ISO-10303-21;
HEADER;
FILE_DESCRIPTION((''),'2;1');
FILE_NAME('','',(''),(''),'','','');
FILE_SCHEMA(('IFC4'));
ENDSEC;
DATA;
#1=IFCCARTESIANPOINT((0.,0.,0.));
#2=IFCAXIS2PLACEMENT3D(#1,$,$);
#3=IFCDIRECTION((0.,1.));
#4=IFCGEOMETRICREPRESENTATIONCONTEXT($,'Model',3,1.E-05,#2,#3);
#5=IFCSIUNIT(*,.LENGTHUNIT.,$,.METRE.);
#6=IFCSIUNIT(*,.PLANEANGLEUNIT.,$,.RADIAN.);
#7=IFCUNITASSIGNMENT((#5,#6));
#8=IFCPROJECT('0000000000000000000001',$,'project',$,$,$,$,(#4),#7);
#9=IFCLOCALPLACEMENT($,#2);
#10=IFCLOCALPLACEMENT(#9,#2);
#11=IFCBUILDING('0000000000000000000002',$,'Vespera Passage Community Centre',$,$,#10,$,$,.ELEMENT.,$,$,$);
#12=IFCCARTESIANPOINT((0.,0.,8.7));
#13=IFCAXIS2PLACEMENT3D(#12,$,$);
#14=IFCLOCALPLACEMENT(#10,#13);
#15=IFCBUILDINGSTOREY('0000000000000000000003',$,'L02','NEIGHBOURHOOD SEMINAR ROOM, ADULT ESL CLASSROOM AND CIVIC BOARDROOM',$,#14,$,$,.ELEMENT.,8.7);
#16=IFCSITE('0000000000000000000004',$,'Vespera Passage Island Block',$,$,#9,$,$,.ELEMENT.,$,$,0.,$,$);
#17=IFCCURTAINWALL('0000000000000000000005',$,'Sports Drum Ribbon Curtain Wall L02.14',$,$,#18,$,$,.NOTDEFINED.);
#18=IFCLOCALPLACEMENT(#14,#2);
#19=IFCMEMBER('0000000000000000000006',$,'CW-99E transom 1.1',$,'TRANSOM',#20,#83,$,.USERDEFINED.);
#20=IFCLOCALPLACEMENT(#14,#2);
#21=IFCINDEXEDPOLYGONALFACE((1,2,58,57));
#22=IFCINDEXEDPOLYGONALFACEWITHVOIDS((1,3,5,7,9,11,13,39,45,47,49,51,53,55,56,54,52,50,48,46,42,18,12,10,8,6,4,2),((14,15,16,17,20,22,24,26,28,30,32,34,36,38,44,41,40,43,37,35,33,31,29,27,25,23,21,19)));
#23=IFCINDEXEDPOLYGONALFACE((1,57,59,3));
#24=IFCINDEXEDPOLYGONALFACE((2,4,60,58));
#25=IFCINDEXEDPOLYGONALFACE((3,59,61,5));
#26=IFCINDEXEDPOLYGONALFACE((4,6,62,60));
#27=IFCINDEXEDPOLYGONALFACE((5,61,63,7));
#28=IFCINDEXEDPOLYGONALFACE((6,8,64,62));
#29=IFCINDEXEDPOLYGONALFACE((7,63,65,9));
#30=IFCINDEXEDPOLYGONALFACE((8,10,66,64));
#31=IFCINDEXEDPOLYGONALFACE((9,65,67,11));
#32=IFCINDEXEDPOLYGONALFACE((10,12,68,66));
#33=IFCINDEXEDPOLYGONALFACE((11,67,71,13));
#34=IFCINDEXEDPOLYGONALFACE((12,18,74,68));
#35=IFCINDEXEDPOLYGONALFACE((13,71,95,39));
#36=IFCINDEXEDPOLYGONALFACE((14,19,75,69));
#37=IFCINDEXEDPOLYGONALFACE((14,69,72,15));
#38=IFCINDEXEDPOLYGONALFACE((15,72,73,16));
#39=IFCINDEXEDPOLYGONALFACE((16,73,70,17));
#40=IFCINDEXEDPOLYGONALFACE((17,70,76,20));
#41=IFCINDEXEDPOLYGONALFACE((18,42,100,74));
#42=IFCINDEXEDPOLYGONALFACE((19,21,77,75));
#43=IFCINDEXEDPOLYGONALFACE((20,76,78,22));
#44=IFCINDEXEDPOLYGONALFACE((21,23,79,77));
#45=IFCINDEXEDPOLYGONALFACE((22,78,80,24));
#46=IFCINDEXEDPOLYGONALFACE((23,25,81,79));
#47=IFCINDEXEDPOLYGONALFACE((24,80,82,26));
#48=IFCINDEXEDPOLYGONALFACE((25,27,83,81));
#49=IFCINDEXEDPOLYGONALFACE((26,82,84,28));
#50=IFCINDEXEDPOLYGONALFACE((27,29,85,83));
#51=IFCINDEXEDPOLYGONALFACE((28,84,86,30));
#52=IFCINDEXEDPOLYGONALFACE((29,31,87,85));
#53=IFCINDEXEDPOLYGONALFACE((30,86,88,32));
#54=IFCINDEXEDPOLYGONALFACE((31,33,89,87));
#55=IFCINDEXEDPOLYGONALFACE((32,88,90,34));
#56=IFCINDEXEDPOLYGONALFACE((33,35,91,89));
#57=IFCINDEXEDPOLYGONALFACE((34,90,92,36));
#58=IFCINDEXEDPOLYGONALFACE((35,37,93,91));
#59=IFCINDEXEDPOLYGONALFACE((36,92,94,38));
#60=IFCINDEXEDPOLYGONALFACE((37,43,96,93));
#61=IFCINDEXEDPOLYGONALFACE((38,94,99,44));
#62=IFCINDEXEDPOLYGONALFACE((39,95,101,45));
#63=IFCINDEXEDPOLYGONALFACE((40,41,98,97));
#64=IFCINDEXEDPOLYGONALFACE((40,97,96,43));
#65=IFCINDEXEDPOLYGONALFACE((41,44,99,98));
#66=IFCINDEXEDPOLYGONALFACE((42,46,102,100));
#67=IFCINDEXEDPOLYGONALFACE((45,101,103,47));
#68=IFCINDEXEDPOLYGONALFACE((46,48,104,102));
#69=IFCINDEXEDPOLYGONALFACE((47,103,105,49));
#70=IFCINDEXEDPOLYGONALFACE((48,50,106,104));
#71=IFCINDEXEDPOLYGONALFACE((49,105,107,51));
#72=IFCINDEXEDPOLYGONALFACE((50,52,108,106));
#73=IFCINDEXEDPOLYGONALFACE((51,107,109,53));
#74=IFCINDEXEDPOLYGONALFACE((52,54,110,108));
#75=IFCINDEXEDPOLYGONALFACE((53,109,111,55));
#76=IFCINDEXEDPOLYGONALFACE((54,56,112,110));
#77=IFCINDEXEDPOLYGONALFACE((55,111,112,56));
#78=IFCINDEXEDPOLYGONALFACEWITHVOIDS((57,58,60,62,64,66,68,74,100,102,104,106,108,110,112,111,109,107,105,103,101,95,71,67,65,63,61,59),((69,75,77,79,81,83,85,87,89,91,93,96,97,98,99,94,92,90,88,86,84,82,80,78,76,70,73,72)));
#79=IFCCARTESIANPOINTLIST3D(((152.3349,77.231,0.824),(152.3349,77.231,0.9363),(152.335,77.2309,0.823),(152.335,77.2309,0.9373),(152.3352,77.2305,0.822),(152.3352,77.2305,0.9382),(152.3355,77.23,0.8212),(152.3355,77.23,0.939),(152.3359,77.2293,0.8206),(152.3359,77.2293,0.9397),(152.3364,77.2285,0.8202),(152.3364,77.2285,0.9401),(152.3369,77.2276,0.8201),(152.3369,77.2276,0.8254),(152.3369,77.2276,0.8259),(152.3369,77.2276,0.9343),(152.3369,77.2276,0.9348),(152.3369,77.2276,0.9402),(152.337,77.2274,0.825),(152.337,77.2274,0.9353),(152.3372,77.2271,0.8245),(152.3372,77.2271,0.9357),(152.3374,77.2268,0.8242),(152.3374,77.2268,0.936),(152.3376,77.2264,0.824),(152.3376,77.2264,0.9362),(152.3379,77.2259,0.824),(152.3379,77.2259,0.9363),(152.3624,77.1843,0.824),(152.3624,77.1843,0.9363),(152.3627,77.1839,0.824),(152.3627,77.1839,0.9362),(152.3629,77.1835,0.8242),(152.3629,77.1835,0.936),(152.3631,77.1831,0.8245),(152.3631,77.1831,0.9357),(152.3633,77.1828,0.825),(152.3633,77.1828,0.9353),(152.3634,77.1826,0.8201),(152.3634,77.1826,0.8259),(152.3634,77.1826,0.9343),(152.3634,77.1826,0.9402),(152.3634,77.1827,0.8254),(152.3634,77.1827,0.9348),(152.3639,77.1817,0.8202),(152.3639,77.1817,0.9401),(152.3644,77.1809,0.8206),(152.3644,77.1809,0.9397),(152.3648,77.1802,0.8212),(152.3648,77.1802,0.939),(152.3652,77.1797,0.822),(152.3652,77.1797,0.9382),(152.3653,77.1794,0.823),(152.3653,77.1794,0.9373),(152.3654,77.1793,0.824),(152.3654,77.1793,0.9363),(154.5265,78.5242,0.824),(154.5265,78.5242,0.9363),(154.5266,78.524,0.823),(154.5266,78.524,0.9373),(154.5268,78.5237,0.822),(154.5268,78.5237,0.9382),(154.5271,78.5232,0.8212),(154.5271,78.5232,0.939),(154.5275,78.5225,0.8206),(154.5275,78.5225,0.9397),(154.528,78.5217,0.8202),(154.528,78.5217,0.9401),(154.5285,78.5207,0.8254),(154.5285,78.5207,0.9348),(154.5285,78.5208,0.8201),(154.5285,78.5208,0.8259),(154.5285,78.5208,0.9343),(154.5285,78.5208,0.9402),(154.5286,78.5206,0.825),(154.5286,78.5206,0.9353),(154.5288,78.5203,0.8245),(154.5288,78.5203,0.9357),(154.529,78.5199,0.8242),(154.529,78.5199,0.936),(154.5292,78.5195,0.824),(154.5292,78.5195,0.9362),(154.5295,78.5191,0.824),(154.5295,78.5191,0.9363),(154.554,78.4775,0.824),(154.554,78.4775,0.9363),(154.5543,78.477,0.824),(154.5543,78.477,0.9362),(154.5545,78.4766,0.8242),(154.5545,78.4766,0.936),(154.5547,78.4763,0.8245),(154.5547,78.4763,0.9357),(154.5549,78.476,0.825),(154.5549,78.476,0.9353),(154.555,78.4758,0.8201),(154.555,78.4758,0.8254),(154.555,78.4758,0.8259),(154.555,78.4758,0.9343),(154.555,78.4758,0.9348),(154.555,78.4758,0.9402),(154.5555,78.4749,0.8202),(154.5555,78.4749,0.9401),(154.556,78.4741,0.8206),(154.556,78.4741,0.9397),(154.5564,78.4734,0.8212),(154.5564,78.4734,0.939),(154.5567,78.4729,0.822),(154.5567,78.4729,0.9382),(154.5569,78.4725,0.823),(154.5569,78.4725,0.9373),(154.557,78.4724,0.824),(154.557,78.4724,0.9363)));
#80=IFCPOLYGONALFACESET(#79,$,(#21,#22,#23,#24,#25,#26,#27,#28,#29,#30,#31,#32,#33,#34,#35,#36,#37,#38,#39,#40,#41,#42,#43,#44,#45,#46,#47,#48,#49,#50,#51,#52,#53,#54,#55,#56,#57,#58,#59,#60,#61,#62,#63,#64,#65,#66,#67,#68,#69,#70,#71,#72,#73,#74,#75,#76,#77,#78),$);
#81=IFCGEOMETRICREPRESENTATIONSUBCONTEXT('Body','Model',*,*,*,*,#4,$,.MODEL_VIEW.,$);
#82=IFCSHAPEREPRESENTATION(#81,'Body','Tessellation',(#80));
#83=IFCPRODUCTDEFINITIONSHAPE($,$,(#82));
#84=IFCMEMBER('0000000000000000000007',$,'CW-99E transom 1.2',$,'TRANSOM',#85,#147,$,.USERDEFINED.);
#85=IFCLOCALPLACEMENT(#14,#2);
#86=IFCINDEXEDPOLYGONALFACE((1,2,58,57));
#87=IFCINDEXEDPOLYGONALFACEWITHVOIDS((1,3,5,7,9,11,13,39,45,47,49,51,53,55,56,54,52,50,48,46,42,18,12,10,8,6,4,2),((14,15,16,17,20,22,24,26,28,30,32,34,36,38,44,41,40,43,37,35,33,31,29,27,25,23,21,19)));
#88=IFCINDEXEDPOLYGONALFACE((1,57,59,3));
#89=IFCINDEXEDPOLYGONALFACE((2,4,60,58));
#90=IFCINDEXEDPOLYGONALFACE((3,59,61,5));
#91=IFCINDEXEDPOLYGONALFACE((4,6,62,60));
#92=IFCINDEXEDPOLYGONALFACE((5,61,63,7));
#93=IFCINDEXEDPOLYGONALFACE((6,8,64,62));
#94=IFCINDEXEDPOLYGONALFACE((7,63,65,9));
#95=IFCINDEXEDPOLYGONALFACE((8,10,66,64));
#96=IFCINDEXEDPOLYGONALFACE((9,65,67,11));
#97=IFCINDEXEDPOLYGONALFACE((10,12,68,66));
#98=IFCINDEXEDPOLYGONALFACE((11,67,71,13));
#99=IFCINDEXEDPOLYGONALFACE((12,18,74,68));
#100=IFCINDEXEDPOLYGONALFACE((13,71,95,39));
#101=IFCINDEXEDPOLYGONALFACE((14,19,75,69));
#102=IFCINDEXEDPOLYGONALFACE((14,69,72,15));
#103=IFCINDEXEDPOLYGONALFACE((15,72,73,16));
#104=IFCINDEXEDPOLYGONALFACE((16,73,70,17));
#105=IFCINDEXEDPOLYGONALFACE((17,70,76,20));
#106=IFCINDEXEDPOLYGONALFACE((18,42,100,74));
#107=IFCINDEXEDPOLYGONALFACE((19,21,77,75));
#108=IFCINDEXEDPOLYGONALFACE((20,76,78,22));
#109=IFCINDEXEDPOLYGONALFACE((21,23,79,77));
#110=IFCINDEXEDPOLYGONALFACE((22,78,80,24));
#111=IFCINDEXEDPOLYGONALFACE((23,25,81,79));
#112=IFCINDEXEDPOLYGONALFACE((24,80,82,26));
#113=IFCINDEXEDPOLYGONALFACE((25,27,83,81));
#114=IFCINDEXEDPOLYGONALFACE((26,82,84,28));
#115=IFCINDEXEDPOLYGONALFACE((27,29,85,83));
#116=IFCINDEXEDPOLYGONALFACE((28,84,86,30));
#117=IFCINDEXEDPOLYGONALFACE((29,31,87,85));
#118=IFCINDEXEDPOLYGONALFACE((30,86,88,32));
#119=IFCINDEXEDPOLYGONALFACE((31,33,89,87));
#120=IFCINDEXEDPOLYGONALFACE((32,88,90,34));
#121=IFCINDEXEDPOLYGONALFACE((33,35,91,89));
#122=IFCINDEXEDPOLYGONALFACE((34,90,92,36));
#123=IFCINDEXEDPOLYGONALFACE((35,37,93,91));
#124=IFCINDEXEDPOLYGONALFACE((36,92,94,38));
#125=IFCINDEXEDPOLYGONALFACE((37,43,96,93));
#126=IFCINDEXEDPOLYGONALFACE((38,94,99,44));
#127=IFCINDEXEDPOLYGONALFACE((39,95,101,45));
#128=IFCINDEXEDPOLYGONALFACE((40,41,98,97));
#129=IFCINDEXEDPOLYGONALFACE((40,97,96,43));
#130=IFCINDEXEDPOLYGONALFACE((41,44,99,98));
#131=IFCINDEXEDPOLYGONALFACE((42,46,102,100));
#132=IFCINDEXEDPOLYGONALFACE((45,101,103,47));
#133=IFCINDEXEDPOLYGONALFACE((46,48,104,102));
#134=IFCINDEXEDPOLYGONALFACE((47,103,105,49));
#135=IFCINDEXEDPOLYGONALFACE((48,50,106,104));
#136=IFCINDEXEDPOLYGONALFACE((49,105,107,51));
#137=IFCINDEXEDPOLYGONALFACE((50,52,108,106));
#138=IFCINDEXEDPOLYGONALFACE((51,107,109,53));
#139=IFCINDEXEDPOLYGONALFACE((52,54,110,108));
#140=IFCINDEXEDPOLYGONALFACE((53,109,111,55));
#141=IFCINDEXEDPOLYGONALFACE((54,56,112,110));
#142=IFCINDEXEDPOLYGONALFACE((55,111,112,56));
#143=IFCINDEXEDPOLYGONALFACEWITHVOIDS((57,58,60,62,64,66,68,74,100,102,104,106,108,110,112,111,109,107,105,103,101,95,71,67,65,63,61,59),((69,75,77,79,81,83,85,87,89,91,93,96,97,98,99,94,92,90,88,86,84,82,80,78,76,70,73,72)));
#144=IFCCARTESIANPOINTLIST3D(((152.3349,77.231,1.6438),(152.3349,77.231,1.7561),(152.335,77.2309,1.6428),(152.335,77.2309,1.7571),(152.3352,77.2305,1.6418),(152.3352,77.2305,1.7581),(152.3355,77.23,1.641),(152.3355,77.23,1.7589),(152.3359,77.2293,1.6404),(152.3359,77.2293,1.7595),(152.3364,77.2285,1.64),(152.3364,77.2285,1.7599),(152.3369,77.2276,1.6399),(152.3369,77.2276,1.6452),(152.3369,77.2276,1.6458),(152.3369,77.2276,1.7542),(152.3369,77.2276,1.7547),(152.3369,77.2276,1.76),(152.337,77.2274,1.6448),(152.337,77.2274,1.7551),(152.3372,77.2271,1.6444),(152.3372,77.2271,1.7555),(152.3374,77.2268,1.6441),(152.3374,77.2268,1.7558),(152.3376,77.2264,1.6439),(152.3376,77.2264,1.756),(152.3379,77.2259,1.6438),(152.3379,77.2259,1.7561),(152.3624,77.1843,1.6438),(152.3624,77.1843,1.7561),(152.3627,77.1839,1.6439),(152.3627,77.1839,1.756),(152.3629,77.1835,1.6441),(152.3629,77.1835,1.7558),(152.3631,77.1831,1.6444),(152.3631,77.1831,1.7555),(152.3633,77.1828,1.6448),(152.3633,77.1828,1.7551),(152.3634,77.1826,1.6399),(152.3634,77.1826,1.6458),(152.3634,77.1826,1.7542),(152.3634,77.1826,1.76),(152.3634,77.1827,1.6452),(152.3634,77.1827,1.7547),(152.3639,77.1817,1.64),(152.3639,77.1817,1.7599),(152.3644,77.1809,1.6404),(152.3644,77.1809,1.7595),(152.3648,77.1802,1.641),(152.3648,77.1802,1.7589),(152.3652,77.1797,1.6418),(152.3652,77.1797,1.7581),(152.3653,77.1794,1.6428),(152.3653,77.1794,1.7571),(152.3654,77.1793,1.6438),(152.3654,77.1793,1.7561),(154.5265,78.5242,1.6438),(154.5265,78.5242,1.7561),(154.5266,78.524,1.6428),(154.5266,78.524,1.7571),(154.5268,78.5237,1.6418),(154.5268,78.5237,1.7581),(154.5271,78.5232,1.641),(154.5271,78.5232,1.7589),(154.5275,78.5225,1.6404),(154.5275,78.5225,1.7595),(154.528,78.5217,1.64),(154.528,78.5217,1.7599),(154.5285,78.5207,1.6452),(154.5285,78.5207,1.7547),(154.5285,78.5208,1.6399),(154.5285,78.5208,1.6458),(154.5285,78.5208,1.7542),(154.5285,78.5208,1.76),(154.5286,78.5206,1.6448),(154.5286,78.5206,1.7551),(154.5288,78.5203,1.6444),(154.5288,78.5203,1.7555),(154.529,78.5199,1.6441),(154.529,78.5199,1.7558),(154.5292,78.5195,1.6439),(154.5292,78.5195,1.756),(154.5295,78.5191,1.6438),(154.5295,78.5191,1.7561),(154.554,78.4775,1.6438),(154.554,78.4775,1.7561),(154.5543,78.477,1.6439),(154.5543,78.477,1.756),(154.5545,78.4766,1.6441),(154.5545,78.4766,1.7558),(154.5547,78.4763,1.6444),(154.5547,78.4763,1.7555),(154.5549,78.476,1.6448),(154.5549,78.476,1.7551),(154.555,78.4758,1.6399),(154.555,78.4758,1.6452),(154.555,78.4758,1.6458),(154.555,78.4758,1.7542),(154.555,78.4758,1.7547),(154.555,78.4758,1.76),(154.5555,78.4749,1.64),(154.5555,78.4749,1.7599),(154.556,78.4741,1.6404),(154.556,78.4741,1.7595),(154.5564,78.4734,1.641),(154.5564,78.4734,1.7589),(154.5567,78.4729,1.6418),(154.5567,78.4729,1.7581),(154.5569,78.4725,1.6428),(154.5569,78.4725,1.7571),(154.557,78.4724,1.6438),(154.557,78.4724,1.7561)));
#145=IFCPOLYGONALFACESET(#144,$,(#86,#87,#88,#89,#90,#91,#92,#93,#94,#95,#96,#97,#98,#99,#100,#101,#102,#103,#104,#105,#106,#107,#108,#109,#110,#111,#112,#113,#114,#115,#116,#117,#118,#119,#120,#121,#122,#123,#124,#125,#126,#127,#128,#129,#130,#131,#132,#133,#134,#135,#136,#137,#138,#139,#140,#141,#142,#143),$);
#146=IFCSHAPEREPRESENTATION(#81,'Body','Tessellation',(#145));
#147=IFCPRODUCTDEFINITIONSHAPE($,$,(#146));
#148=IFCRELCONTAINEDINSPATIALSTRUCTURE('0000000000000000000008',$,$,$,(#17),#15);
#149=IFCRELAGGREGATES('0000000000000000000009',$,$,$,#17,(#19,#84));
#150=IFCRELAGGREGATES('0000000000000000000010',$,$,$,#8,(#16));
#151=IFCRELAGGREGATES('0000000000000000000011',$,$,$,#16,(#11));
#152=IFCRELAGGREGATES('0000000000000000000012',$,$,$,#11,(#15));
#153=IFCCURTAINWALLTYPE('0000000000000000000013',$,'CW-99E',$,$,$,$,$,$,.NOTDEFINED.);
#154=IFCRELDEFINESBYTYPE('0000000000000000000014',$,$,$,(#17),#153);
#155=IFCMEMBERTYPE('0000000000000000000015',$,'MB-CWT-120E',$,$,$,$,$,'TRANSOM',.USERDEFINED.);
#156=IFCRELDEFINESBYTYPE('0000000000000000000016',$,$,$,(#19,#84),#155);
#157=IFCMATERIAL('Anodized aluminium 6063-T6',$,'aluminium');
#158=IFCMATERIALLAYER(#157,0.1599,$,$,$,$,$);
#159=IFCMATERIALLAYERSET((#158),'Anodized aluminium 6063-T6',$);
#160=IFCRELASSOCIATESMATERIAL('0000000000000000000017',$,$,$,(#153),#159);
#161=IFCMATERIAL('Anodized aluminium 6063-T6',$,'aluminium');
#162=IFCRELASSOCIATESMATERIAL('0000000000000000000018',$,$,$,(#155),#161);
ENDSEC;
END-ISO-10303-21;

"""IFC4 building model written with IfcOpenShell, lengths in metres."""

from ifc_helpers import new_model, si_unit, direction, frame, origin, origin_2d, place, context, subcontext, project, spatial, hollow_rectangle, extrude, material, layer, layer_set, material_profile, profile_set, type_object, element, aggregate, save


model = new_model("IFC4")

# Units and contexts
model_context = context("Model", 3, precision=1e-05, world=origin(), true_north=direction((0.0, 1.0)))
body_context = subcontext(model_context, "Body", "Model", "MODEL_VIEW")
ifc_project = project(units=[si_unit("LENGTHUNIT", "METRE"), si_unit("PLANEANGLEUNIT", "RADIAN")], contexts=[model_context])

# Site, building, storey
site_placement = place(None, origin())
site = spatial("IfcSite", under=ifc_project, at=site_placement, Name="Vespera Passage Island Block", CompositionType="ELEMENT", RefElevation=0.0)
building_placement = place(site_placement, origin())
building = spatial("IfcBuilding", under=site, at=building_placement, Name="Vespera Passage Community Centre", CompositionType="ELEMENT")
storey_placement = place(building_placement, frame((0.0, 0.0, 8.7)))
storey = spatial("IfcBuildingStorey", under=building, at=storey_placement, Name="L02", Description="NEIGHBOURHOOD SEMINAR ROOM, ADULT ESL CLASSROOM AND CIVIC BOARDROOM", CompositionType="ELEMENT", Elevation=8.7)

# Shared definitions
ifc_material_1 = material(Name="Anodized aluminium 6063-T6", Category="aluminium")
ifc_layer_1 = layer(ifc_material_1, 0.1599)
ifc_layer_set_1 = layer_set([ifc_layer_1], Name="Anodized aluminium 6063-T6")
curtain_wall_type_1 = type_object("IfcCurtainWallType", Name="CW-99E", PredefinedType="NOTDEFINED", material=ifc_layer_set_1)

# Curtain wall
curtain_wall_1_placement = place(storey_placement, origin())
curtain_wall_1 = element("IfcCurtainWall", 1, at=curtain_wall_1_placement, inside=storey, type_object=curtain_wall_type_1, Name="Sports Drum Ribbon Curtain Wall L02.14", PredefinedType="NOTDEFINED")

# Members
ifc_material_2 = material(Name="Anodized aluminium 6063-T6", Category="aluminium")
ifc_material_profile_1 = material_profile(ifc_material_2, hollow_rectangle(XDim=0.0601, YDim=0.1201, WallThickness=0.0039, InnerFilletRadius=0.002, OuterFilletRadius=0.0039, at=origin_2d()), Name="ALU120X60X4")
ifc_profile_set_1 = profile_set([ifc_material_profile_1], Name="Anodized aluminium 6063-T6")
member_type_1 = type_object("IfcMemberType", Name="MB-CWT-120E", ElementType="TRANSOM", PredefinedType="USERDEFINED", material=ifc_profile_set_1)
member_1_placement = place(storey_placement, frame((154.5417, 78.4983, 0.8801), z_axis=(-0.861245, -0.508189, 0.0), x_axis=(0.508189, -0.861245, 0.0)))
member_1 = element("IfcMember", 2, at=member_1_placement, type_object=member_type_1, Name="CW-99E transom 1.1", ObjectType="TRANSOM", PredefinedType="USERDEFINED", context=body_context, shape_type="SweptSolid", body=[
    extrude(hollow_rectangle(XDim=0.0601, YDim=0.1201, WallThickness=0.0039, InnerFilletRadius=0.002, OuterFilletRadius=0.0039, at=origin_2d()), origin(), (0.0, 0.0, 1.0), 2.5447),
])
member_2_placement = place(storey_placement, frame((154.5417, 78.4983, 1.7), z_axis=(-0.861245, -0.508189, 0.0), x_axis=(0.508189, -0.861245, 0.0)))
member_2 = element("IfcMember", 3, at=member_2_placement, type_object=member_type_1, Name="CW-99E transom 1.2", ObjectType="TRANSOM", PredefinedType="USERDEFINED", context=body_context, shape_type="SweptSolid", body=[
    extrude(hollow_rectangle(XDim=0.0601, YDim=0.1201, WallThickness=0.0039, InnerFilletRadius=0.002, OuterFilletRadius=0.0039, at=origin_2d()), origin(), (0.0, 0.0, 1.0), 2.5447),
])

aggregate(curtain_wall_1, [member_1, member_2])

save(model, "model.ifc")
